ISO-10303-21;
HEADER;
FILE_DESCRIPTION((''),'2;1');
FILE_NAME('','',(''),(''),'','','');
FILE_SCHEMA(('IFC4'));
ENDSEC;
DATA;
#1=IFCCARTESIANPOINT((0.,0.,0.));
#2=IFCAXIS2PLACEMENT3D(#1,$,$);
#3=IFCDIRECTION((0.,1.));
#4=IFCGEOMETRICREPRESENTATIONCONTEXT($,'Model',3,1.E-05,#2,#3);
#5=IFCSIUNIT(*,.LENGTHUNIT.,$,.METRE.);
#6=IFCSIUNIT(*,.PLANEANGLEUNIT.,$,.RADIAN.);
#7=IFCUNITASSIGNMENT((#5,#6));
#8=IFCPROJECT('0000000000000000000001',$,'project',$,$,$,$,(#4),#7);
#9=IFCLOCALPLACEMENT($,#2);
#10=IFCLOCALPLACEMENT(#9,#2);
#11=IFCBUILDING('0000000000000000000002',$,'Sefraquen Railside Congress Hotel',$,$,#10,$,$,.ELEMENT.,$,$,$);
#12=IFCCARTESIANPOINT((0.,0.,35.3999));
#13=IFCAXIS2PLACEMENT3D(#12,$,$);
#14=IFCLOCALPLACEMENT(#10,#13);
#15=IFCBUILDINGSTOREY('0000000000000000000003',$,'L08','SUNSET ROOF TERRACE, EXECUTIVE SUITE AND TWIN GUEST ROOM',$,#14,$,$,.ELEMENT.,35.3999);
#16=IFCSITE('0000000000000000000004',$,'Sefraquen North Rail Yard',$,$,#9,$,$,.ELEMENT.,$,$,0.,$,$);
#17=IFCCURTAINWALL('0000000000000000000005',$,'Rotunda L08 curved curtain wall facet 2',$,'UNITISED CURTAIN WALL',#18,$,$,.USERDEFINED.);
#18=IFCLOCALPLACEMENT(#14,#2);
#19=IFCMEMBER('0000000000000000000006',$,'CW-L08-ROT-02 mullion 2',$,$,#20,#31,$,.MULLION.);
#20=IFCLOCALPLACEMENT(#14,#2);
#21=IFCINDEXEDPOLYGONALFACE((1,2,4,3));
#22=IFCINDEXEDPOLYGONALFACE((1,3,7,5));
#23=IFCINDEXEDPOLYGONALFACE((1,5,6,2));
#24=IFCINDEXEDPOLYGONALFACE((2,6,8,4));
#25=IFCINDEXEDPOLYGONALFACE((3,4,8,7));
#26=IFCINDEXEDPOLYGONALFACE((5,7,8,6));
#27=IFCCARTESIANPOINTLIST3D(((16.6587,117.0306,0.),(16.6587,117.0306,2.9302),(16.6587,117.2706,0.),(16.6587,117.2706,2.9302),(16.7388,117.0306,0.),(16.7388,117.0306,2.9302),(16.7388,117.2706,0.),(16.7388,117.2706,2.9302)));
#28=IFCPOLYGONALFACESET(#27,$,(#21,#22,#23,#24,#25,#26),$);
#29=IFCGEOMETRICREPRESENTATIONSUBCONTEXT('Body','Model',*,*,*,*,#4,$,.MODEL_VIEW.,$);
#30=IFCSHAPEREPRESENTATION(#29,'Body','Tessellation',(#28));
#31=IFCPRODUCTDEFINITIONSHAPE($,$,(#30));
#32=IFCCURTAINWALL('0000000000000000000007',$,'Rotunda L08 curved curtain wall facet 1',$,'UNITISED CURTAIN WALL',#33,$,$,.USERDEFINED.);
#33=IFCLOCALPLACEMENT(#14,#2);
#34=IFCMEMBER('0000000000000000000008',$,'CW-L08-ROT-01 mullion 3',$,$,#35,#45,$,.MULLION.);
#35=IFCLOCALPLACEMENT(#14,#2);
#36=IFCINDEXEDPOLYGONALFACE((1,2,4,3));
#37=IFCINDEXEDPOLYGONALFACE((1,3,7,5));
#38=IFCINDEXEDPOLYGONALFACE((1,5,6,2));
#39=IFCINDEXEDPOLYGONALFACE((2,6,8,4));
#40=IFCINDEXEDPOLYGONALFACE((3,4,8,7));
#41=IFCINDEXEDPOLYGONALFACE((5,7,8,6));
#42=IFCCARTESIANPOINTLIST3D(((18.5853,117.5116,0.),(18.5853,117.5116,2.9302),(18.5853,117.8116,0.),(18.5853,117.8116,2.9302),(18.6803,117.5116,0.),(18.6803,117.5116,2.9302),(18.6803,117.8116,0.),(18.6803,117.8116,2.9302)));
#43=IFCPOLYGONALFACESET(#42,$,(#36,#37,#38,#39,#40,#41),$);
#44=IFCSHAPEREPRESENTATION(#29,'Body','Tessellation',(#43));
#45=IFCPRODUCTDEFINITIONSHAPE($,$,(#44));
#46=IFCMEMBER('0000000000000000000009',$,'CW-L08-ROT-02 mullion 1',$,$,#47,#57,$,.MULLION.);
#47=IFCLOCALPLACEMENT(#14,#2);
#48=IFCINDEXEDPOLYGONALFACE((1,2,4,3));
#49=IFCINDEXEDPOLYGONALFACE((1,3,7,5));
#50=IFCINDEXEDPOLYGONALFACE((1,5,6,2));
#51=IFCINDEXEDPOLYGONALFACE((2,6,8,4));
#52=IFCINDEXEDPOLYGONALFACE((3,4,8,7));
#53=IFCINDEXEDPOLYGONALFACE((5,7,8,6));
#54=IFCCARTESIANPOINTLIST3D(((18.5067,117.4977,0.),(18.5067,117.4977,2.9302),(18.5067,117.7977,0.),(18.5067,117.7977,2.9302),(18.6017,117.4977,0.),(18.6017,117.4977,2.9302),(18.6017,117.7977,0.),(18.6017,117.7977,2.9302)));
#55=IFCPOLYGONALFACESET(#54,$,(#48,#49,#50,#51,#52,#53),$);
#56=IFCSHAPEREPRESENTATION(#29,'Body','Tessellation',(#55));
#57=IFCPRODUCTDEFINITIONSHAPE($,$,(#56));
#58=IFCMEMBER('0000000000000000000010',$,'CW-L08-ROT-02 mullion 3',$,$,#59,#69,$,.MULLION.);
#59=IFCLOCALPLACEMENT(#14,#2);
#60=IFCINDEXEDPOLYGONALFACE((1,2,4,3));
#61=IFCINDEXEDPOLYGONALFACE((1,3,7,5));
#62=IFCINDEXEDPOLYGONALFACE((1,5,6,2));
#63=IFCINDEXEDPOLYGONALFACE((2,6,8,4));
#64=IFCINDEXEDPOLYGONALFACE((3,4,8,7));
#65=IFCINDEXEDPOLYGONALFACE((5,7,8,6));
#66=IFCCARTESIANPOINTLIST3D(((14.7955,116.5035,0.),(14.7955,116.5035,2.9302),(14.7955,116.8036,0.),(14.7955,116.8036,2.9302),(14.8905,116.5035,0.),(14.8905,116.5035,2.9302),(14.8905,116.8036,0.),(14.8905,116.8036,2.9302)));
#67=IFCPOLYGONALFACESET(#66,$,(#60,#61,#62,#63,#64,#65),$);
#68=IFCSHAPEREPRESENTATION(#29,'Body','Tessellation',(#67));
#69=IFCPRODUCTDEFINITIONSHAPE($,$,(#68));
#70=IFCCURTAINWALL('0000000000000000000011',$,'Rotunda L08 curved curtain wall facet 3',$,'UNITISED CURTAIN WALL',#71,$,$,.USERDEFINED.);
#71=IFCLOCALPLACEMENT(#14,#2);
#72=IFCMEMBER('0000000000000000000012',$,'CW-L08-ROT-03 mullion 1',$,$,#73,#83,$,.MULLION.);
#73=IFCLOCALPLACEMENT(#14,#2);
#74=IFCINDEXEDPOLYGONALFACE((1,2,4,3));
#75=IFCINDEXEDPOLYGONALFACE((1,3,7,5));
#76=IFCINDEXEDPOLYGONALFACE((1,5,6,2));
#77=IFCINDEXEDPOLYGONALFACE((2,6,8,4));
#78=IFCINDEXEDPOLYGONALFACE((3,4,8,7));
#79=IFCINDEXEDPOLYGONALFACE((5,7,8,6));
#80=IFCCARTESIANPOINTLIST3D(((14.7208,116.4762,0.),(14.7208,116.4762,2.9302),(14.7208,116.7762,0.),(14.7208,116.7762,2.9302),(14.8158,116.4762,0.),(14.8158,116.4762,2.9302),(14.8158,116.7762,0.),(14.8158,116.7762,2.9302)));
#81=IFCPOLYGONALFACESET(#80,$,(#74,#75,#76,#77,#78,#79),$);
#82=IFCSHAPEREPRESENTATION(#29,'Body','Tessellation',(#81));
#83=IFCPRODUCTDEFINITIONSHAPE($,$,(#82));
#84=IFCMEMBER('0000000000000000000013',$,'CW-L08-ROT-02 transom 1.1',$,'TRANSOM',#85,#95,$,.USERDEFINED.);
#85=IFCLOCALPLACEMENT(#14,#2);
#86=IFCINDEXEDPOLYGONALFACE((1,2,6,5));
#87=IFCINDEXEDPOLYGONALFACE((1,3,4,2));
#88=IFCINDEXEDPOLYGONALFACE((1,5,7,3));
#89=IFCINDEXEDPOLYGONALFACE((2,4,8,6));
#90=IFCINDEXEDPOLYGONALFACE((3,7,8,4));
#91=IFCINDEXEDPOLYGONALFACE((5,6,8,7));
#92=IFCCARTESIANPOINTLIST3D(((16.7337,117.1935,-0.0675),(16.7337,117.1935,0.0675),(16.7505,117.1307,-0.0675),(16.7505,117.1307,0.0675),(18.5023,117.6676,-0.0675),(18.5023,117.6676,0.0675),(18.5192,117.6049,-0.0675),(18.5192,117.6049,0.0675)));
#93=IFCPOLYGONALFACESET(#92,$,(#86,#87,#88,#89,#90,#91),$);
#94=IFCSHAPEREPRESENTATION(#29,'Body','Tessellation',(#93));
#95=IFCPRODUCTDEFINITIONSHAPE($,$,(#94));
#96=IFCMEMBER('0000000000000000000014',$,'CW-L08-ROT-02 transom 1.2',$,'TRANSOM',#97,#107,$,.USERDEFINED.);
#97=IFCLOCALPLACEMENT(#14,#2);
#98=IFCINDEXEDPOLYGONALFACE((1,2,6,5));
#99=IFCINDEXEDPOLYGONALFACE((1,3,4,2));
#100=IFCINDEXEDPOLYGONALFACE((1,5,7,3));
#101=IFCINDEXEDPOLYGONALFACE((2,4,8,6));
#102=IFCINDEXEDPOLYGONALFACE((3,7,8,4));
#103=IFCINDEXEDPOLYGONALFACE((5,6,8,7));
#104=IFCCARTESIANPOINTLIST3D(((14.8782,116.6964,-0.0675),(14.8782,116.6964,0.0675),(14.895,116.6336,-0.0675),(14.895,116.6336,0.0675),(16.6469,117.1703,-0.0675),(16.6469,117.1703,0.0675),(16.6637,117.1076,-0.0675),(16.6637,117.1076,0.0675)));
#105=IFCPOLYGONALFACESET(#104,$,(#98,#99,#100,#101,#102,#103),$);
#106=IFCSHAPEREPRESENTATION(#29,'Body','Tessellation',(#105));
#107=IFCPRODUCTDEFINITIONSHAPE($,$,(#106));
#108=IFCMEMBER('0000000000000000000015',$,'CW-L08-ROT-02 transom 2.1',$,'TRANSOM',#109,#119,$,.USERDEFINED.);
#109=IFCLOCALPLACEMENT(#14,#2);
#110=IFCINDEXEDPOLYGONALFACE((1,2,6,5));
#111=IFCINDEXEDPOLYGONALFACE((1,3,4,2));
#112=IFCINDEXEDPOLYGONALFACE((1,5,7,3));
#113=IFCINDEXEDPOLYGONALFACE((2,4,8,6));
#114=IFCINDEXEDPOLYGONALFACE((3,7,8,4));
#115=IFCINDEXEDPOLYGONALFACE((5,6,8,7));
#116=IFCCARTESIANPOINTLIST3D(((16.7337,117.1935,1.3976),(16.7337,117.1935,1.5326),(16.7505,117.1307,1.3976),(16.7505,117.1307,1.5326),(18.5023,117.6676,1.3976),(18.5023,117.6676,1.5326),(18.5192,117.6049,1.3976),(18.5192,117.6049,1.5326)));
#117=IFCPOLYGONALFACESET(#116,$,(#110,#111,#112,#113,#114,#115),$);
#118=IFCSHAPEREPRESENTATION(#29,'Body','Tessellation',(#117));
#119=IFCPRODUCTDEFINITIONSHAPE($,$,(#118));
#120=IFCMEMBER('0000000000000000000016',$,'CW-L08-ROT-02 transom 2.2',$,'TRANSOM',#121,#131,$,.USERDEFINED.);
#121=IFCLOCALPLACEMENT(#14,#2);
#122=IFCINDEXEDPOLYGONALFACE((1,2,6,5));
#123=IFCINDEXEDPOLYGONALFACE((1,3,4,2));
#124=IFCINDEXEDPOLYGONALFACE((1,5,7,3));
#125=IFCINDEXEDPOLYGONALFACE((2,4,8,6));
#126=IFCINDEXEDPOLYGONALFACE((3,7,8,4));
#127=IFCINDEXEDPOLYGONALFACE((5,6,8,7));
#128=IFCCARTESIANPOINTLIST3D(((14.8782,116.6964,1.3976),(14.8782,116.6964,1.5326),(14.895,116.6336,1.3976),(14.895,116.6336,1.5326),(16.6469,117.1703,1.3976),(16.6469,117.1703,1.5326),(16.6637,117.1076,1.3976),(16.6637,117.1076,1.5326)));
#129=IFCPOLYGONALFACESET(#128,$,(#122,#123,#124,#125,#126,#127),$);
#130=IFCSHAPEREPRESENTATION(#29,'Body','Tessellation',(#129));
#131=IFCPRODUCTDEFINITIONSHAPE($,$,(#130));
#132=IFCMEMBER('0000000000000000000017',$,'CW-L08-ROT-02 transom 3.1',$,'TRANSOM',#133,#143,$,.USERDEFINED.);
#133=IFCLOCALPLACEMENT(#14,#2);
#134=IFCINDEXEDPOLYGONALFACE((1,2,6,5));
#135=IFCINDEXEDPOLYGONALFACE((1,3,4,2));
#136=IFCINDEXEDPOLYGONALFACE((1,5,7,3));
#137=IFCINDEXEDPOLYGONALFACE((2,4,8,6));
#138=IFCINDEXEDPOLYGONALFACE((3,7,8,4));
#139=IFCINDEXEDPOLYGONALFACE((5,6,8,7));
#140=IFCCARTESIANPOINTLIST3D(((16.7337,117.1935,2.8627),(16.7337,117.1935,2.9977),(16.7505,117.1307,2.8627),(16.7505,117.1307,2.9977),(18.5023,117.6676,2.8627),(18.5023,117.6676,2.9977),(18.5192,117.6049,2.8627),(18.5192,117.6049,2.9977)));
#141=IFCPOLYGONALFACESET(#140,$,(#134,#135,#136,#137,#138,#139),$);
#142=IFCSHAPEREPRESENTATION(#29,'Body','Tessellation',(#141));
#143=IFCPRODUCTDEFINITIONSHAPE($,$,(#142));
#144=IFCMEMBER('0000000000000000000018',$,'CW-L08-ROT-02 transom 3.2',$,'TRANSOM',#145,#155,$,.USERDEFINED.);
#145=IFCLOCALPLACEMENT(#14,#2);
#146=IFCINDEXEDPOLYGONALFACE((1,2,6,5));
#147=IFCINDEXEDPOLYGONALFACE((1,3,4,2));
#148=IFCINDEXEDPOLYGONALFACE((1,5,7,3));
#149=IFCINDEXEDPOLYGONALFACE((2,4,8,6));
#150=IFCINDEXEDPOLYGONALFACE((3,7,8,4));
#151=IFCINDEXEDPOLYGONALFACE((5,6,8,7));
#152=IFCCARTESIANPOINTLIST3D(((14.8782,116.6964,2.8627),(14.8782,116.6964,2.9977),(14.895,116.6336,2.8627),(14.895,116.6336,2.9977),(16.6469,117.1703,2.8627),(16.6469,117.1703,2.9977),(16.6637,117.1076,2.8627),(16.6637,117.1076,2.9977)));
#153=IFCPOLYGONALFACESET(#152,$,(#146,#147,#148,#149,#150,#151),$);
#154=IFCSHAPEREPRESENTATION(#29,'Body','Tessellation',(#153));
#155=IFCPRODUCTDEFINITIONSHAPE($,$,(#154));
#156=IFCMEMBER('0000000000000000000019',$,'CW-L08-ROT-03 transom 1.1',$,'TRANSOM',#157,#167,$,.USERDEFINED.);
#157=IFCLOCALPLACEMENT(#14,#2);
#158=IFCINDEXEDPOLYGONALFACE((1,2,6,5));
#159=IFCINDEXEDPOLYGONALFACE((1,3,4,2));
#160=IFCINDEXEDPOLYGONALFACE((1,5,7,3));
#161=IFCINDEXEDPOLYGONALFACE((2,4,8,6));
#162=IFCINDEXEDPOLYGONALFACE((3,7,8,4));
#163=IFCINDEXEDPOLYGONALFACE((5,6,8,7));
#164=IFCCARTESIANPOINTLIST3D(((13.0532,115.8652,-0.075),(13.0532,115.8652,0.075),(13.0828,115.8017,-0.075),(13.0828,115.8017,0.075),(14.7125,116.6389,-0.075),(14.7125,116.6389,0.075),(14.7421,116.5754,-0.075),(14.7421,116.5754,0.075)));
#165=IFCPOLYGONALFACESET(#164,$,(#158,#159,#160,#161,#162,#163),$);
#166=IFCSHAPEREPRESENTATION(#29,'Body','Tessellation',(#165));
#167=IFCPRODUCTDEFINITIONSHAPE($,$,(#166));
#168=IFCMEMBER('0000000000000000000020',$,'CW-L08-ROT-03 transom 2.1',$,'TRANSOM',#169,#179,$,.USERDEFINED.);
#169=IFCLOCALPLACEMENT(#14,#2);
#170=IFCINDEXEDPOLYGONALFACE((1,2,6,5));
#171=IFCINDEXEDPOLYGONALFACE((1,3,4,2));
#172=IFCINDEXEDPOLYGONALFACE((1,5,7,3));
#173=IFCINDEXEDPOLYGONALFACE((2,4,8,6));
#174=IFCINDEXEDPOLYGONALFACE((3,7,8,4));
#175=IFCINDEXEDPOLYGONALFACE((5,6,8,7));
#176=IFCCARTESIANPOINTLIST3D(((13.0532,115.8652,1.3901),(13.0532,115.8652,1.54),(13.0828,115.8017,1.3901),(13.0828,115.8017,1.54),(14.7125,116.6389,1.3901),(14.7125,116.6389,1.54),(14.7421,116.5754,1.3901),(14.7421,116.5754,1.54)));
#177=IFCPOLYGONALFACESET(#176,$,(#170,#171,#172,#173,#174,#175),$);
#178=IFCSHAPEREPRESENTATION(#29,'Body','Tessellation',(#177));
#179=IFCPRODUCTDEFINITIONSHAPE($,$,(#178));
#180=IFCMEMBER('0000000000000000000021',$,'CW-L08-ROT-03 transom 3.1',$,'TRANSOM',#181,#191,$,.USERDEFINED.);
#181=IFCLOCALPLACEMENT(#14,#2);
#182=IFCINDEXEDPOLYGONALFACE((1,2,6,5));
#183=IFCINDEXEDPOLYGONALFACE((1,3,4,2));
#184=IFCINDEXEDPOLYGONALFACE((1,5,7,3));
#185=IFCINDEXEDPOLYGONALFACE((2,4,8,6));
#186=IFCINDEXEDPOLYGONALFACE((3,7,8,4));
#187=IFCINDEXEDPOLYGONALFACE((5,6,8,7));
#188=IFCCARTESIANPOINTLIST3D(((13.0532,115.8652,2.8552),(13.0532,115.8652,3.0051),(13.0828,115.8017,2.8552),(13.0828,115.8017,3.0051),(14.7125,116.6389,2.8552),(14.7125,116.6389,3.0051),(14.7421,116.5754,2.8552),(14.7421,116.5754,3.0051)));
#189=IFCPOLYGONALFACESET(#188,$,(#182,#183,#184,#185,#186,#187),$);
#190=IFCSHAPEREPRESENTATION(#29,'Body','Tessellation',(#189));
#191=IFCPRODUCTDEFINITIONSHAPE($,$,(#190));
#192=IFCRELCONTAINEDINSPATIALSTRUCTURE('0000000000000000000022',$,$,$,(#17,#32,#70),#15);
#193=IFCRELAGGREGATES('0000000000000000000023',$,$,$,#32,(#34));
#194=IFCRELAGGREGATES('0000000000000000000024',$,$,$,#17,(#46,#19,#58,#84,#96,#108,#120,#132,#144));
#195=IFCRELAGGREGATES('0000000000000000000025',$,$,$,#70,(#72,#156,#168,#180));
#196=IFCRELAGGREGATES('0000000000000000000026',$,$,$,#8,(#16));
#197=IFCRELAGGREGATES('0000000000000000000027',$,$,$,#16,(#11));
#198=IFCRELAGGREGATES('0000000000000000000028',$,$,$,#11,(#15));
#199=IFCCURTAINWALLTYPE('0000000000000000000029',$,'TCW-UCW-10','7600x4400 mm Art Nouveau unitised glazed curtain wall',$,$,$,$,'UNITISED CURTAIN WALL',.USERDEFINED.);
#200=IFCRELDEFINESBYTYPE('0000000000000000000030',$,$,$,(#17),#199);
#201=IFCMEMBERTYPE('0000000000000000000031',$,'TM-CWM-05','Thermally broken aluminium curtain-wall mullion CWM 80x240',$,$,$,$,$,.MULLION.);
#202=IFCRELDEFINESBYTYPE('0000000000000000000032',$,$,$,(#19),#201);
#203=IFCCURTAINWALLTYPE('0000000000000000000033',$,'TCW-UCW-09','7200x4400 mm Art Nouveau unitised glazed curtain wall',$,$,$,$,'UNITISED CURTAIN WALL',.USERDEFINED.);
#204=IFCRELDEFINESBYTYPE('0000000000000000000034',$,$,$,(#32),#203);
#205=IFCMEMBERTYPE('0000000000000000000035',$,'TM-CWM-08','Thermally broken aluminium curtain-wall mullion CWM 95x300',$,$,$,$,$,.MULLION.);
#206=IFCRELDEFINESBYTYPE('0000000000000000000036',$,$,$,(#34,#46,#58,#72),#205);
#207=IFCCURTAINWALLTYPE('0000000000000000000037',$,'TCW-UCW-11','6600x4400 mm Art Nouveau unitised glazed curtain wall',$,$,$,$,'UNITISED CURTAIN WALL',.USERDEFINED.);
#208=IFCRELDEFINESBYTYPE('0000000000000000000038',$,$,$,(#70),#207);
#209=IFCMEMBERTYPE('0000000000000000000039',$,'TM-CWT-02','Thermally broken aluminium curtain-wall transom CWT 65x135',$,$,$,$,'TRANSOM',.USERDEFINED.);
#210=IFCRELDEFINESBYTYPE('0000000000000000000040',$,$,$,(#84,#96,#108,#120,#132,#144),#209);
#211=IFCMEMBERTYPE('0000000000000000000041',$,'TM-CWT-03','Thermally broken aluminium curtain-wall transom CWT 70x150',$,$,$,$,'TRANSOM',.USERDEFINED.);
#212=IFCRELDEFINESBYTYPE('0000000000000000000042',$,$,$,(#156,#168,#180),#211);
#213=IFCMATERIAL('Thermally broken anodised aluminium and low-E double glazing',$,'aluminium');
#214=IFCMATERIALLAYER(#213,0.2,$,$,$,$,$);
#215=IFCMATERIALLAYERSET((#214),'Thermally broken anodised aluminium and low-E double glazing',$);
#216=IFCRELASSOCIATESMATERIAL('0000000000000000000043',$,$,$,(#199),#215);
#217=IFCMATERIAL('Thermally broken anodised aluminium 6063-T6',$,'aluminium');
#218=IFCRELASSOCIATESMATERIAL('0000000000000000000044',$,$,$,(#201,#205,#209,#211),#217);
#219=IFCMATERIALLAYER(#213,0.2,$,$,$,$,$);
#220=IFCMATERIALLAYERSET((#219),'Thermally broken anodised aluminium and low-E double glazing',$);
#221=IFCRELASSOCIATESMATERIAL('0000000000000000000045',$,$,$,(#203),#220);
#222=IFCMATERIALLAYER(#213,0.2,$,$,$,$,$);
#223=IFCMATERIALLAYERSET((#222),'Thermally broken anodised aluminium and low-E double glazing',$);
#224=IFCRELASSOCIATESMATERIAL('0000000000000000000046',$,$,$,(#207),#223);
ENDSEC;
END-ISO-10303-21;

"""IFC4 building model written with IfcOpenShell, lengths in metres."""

from ifc_helpers import new_model, si_unit, direction, frame, origin, origin_2d, place, context, subcontext, project, spatial, rectangle, extrude, material, layer, layer_set, material_profile, profile_set, type_object, element, aggregate, save


model = new_model("IFC4")

# Units and contexts
model_context = context("Model", 3, precision=1e-05, world=origin(), true_north=direction((0.0, 1.0)))
body_context = subcontext(model_context, "Body", "Model", "MODEL_VIEW")
ifc_project = project(units=[si_unit("LENGTHUNIT", "METRE"), si_unit("PLANEANGLEUNIT", "RADIAN")], contexts=[model_context])

# Site, building, storey
site_placement = place(None, origin())
site = spatial("IfcSite", under=ifc_project, at=site_placement, Name="Sefraquen North Rail Yard", CompositionType="ELEMENT", RefElevation=0.0)
building_placement = place(site_placement, origin())
building = spatial("IfcBuilding", under=site, at=building_placement, Name="Sefraquen Railside Congress Hotel", CompositionType="ELEMENT")
storey_placement = place(building_placement, frame((0.0, 0.0, 35.3999)))
storey = spatial("IfcBuildingStorey", under=building, at=storey_placement, Name="L08", Description="SUNSET ROOF TERRACE, EXECUTIVE SUITE AND TWIN GUEST ROOM", CompositionType="ELEMENT", Elevation=35.3999)

# Curtain walls, members
ifc_material_1 = material(Name="Thermally broken anodised aluminium and low-E double glazing", Category="aluminium")
ifc_layer_1 = layer(ifc_material_1, 0.2)
ifc_layer_set_1 = layer_set([ifc_layer_1], Name="Thermally broken anodised aluminium and low-E double glazing")
curtain_wall_type_1 = type_object("IfcCurtainWallType", Name="TCW-UCW-10", Description="7600x4400 mm Art Nouveau unitised glazed curtain wall", ElementType="UNITISED CURTAIN WALL", PredefinedType="USERDEFINED", material=ifc_layer_set_1)
curtain_wall_1_placement = place(storey_placement, origin())
curtain_wall_1 = element("IfcCurtainWall", 1, at=curtain_wall_1_placement, inside=storey, type_object=curtain_wall_type_1, Name="Rotunda L08 curved curtain wall facet 2", ObjectType="UNITISED CURTAIN WALL", PredefinedType="USERDEFINED")
ifc_material_2 = material(Name="Thermally broken anodised aluminium 6063-T6", Category="aluminium")
ifc_material_profile_1 = material_profile(ifc_material_2, rectangle(XDim=0.0801, YDim=0.24, at=origin_2d()), Name="CWM 80x240")
ifc_profile_set_1 = profile_set([ifc_material_profile_1], Name="Thermally broken anodised aluminium 6063-T6")
member_type_1 = type_object("IfcMemberType", Name="TM-CWM-05", Description="Thermally broken aluminium curtain-wall mullion CWM 80x240", PredefinedType="MULLION", material=ifc_profile_set_1)
member_1_placement = place(storey_placement, frame((16.6987, 117.1506, 0.0), z_axis=(0.0, 0.0, 1.0), x_axis=(1.0, 0.0, 0.0)))
member_1 = element("IfcMember", 2, at=member_1_placement, type_object=member_type_1, Name="CW-L08-ROT-02 mullion 2", PredefinedType="MULLION", context=body_context, shape_type="SweptSolid", body=[
    extrude(rectangle(XDim=0.0801, YDim=0.24, at=origin_2d()), origin(), (0.0, 0.0, 1.0), 2.9302),
])
ifc_layer_2 = layer(ifc_material_1, 0.2)
ifc_layer_set_2 = layer_set([ifc_layer_2], Name="Thermally broken anodised aluminium and low-E double glazing")
curtain_wall_type_2 = type_object("IfcCurtainWallType", Name="TCW-UCW-09", Description="7200x4400 mm Art Nouveau unitised glazed curtain wall", ElementType="UNITISED CURTAIN WALL", PredefinedType="USERDEFINED", material=ifc_layer_set_2)
curtain_wall_2_placement = place(storey_placement, origin())
curtain_wall_2 = element("IfcCurtainWall", 3, at=curtain_wall_2_placement, inside=storey, type_object=curtain_wall_type_2, Name="Rotunda L08 curved curtain wall facet 1", ObjectType="UNITISED CURTAIN WALL", PredefinedType="USERDEFINED")
ifc_material_profile_2 = material_profile(ifc_material_2, rectangle(XDim=0.095, YDim=0.3, at=origin_2d()), Name="CWM 95x300")
ifc_profile_set_2 = profile_set([ifc_material_profile_2], Name="Thermally broken anodised aluminium 6063-T6")
member_type_2 = type_object("IfcMemberType", Name="TM-CWM-08", Description="Thermally broken aluminium curtain-wall mullion CWM 95x300", PredefinedType="MULLION", material=ifc_profile_set_2)
member_2_placement = place(storey_placement, frame((18.6328, 117.6616, 0.0), z_axis=(0.0, 0.0, 1.0), x_axis=(1.0, 0.0, 0.0)))
member_2 = element("IfcMember", 4, at=member_2_placement, type_object=member_type_2, Name="CW-L08-ROT-01 mullion 3", PredefinedType="MULLION", context=body_context, shape_type="SweptSolid", body=[
    extrude(rectangle(XDim=0.095, YDim=0.3, at=origin_2d()), origin(), (0.0, 0.0, 1.0), 2.9302),
])

# Members
member_3_placement = place(storey_placement, frame((18.5542, 117.6477, 0.0), z_axis=(0.0, 0.0, 1.0), x_axis=(1.0, 0.0, 0.0)))
member_3 = element("IfcMember", 5, at=member_3_placement, type_object=member_type_2, Name="CW-L08-ROT-02 mullion 1", PredefinedType="MULLION", context=body_context, shape_type="SweptSolid", body=[
    extrude(rectangle(XDim=0.095, YDim=0.3, at=origin_2d()), origin(), (0.0, 0.0, 1.0), 2.9302),
])
member_4_placement = place(storey_placement, frame((14.843, 116.6536, 0.0), z_axis=(0.0, 0.0, 1.0), x_axis=(1.0, 0.0, 0.0)))
member_4 = element("IfcMember", 6, at=member_4_placement, type_object=member_type_2, Name="CW-L08-ROT-02 mullion 3", PredefinedType="MULLION", context=body_context, shape_type="SweptSolid", body=[
    extrude(rectangle(XDim=0.095, YDim=0.3, at=origin_2d()), origin(), (0.0, 0.0, 1.0), 2.9302),
])

# Curtain wall, member
ifc_layer_3 = layer(ifc_material_1, 0.2)
ifc_layer_set_3 = layer_set([ifc_layer_3], Name="Thermally broken anodised aluminium and low-E double glazing")
curtain_wall_type_3 = type_object("IfcCurtainWallType", Name="TCW-UCW-11", Description="6600x4400 mm Art Nouveau unitised glazed curtain wall", ElementType="UNITISED CURTAIN WALL", PredefinedType="USERDEFINED", material=ifc_layer_set_3)
curtain_wall_3_placement = place(storey_placement, origin())
curtain_wall_3 = element("IfcCurtainWall", 7, at=curtain_wall_3_placement, inside=storey, type_object=curtain_wall_type_3, Name="Rotunda L08 curved curtain wall facet 3", ObjectType="UNITISED CURTAIN WALL", PredefinedType="USERDEFINED")
member_5_placement = place(storey_placement, frame((14.7683, 116.6262, 0.0), z_axis=(0.0, 0.0, 1.0), x_axis=(1.0, 0.0, 0.0)))
member_5 = element("IfcMember", 8, at=member_5_placement, type_object=member_type_2, Name="CW-L08-ROT-03 mullion 1", PredefinedType="MULLION", context=body_context, shape_type="SweptSolid", body=[
    extrude(rectangle(XDim=0.095, YDim=0.3, at=origin_2d()), origin(), (0.0, 0.0, 1.0), 2.9302),
])

# Members
ifc_material_profile_3 = material_profile(ifc_material_2, rectangle(XDim=0.0649, YDim=0.135, at=origin_2d()), Name="CWT 65x135")
ifc_profile_set_3 = profile_set([ifc_material_profile_3], Name="Thermally broken anodised aluminium 6063-T6")
member_type_3 = type_object("IfcMemberType", Name="TM-CWT-02", Description="Thermally broken aluminium curtain-wall transom CWT 65x135", ElementType="TRANSOM", PredefinedType="USERDEFINED", material=ifc_profile_set_3)
member_6_placement = place(storey_placement, frame((18.5107, 117.6362, 0.0), z_axis=(-0.965893, -0.25894, 0.0), x_axis=(0.25894, -0.965893, 0.0)))
member_6 = element("IfcMember", 9, at=member_6_placement, type_object=member_type_3, Name="CW-L08-ROT-02 transom 1.1", ObjectType="TRANSOM", PredefinedType="USERDEFINED", context=body_context, shape_type="SweptSolid", body=[
    extrude(rectangle(XDim=0.0649, YDim=0.135, at=origin_2d()), origin(), (0.0, 0.0, 1.0), 1.8311),
])
member_7_placement = place(storey_placement, frame((16.6553, 117.1389, 0.0), z_axis=(-0.965927, -0.258816, 0.0), x_axis=(0.258816, -0.965927, 0.0)))
member_7 = element("IfcMember", 10, at=member_7_placement, type_object=member_type_3, Name="CW-L08-ROT-02 transom 1.2", ObjectType="TRANSOM", PredefinedType="USERDEFINED", context=body_context, shape_type="SweptSolid", body=[
    extrude(rectangle(XDim=0.0649, YDim=0.135, at=origin_2d()), origin(), (0.0, 0.0, 1.0), 1.8311),
])
member_8_placement = place(storey_placement, frame((18.5107, 117.6362, 1.4651), z_axis=(-0.965893, -0.25894, 0.0), x_axis=(0.25894, -0.965893, 0.0)))
member_8 = element("IfcMember", 11, at=member_8_placement, type_object=member_type_3, Name="CW-L08-ROT-02 transom 2.1", ObjectType="TRANSOM", PredefinedType="USERDEFINED", context=body_context, shape_type="SweptSolid", body=[
    extrude(rectangle(XDim=0.0649, YDim=0.135, at=origin_2d()), origin(), (0.0, 0.0, 1.0), 1.8311),
])
member_9_placement = place(storey_placement, frame((16.6553, 117.1389, 1.4651), z_axis=(-0.965927, -0.258816, 0.0), x_axis=(0.258816, -0.965927, 0.0)))
member_9 = element("IfcMember", 12, at=member_9_placement, type_object=member_type_3, Name="CW-L08-ROT-02 transom 2.2", ObjectType="TRANSOM", PredefinedType="USERDEFINED", context=body_context, shape_type="SweptSolid", body=[
    extrude(rectangle(XDim=0.0649, YDim=0.135, at=origin_2d()), origin(), (0.0, 0.0, 1.0), 1.8311),
])
member_10_placement = place(storey_placement, frame((18.5107, 117.6362, 2.9302), z_axis=(-0.965893, -0.25894, 0.0), x_axis=(0.25894, -0.965893, 0.0)))
member_10 = element("IfcMember", 13, at=member_10_placement, type_object=member_type_3, Name="CW-L08-ROT-02 transom 3.1", ObjectType="TRANSOM", PredefinedType="USERDEFINED", context=body_context, shape_type="SweptSolid", body=[
    extrude(rectangle(XDim=0.0649, YDim=0.135, at=origin_2d()), origin(), (0.0, 0.0, 1.0), 1.8311),
])
member_11_placement = place(storey_placement, frame((16.6553, 117.1389, 2.9302), z_axis=(-0.965927, -0.258816, 0.0), x_axis=(0.258816, -0.965927, 0.0)))
member_11 = element("IfcMember", 14, at=member_11_placement, type_object=member_type_3, Name="CW-L08-ROT-02 transom 3.2", ObjectType="TRANSOM", PredefinedType="USERDEFINED", context=body_context, shape_type="SweptSolid", body=[
    extrude(rectangle(XDim=0.0649, YDim=0.135, at=origin_2d()), origin(), (0.0, 0.0, 1.0), 1.8311),
])
ifc_material_profile_4 = material_profile(ifc_material_2, rectangle(XDim=0.0701, YDim=0.1499, at=origin_2d()), Name="CWT 70x150")
ifc_profile_set_4 = profile_set([ifc_material_profile_4], Name="Thermally broken anodised aluminium 6063-T6")
member_type_4 = type_object("IfcMemberType", Name="TM-CWT-03", Description="Thermally broken aluminium curtain-wall transom CWT 70x150", ElementType="TRANSOM", PredefinedType="USERDEFINED", material=ifc_profile_set_4)
member_12_placement = place(storey_placement, frame((14.7273, 116.6072, 0.0), z_axis=(-0.906309, -0.422615, 0.0), x_axis=(0.422615, -0.906309, 0.0)))
member_12 = element("IfcMember", 15, at=member_12_placement, type_object=member_type_4, Name="CW-L08-ROT-03 transom 1.1", ObjectType="TRANSOM", PredefinedType="USERDEFINED", context=body_context, shape_type="SweptSolid", body=[
    extrude(rectangle(XDim=0.0701, YDim=0.1499, at=origin_2d()), origin(), (0.0, 0.0, 1.0), 1.8308),
])
member_13_placement = place(storey_placement, frame((14.7273, 116.6072, 1.4651), z_axis=(-0.906309, -0.422615, 0.0), x_axis=(0.422615, -0.906309, 0.0)))
member_13 = element("IfcMember", 16, at=member_13_placement, type_object=member_type_4, Name="CW-L08-ROT-03 transom 2.1", ObjectType="TRANSOM", PredefinedType="USERDEFINED", context=body_context, shape_type="SweptSolid", body=[
    extrude(rectangle(XDim=0.0701, YDim=0.1499, at=origin_2d()), origin(), (0.0, 0.0, 1.0), 1.8308),
])
member_14_placement = place(storey_placement, frame((14.7273, 116.6072, 2.9302), z_axis=(-0.906309, -0.422615, 0.0), x_axis=(0.422615, -0.906309, 0.0)))
member_14 = element("IfcMember", 17, at=member_14_placement, type_object=member_type_4, Name="CW-L08-ROT-03 transom 3.1", ObjectType="TRANSOM", PredefinedType="USERDEFINED", context=body_context, shape_type="SweptSolid", body=[
    extrude(rectangle(XDim=0.0701, YDim=0.1499, at=origin_2d()), origin(), (0.0, 0.0, 1.0), 1.8308),
])

aggregate(curtain_wall_2, [member_2])
aggregate(curtain_wall_1, [member_3, member_1, member_4, member_6, member_7, member_8, member_9, member_10, member_11])
aggregate(curtain_wall_3, [member_5, member_12, member_13, member_14])

save(model, "model.ifc")
